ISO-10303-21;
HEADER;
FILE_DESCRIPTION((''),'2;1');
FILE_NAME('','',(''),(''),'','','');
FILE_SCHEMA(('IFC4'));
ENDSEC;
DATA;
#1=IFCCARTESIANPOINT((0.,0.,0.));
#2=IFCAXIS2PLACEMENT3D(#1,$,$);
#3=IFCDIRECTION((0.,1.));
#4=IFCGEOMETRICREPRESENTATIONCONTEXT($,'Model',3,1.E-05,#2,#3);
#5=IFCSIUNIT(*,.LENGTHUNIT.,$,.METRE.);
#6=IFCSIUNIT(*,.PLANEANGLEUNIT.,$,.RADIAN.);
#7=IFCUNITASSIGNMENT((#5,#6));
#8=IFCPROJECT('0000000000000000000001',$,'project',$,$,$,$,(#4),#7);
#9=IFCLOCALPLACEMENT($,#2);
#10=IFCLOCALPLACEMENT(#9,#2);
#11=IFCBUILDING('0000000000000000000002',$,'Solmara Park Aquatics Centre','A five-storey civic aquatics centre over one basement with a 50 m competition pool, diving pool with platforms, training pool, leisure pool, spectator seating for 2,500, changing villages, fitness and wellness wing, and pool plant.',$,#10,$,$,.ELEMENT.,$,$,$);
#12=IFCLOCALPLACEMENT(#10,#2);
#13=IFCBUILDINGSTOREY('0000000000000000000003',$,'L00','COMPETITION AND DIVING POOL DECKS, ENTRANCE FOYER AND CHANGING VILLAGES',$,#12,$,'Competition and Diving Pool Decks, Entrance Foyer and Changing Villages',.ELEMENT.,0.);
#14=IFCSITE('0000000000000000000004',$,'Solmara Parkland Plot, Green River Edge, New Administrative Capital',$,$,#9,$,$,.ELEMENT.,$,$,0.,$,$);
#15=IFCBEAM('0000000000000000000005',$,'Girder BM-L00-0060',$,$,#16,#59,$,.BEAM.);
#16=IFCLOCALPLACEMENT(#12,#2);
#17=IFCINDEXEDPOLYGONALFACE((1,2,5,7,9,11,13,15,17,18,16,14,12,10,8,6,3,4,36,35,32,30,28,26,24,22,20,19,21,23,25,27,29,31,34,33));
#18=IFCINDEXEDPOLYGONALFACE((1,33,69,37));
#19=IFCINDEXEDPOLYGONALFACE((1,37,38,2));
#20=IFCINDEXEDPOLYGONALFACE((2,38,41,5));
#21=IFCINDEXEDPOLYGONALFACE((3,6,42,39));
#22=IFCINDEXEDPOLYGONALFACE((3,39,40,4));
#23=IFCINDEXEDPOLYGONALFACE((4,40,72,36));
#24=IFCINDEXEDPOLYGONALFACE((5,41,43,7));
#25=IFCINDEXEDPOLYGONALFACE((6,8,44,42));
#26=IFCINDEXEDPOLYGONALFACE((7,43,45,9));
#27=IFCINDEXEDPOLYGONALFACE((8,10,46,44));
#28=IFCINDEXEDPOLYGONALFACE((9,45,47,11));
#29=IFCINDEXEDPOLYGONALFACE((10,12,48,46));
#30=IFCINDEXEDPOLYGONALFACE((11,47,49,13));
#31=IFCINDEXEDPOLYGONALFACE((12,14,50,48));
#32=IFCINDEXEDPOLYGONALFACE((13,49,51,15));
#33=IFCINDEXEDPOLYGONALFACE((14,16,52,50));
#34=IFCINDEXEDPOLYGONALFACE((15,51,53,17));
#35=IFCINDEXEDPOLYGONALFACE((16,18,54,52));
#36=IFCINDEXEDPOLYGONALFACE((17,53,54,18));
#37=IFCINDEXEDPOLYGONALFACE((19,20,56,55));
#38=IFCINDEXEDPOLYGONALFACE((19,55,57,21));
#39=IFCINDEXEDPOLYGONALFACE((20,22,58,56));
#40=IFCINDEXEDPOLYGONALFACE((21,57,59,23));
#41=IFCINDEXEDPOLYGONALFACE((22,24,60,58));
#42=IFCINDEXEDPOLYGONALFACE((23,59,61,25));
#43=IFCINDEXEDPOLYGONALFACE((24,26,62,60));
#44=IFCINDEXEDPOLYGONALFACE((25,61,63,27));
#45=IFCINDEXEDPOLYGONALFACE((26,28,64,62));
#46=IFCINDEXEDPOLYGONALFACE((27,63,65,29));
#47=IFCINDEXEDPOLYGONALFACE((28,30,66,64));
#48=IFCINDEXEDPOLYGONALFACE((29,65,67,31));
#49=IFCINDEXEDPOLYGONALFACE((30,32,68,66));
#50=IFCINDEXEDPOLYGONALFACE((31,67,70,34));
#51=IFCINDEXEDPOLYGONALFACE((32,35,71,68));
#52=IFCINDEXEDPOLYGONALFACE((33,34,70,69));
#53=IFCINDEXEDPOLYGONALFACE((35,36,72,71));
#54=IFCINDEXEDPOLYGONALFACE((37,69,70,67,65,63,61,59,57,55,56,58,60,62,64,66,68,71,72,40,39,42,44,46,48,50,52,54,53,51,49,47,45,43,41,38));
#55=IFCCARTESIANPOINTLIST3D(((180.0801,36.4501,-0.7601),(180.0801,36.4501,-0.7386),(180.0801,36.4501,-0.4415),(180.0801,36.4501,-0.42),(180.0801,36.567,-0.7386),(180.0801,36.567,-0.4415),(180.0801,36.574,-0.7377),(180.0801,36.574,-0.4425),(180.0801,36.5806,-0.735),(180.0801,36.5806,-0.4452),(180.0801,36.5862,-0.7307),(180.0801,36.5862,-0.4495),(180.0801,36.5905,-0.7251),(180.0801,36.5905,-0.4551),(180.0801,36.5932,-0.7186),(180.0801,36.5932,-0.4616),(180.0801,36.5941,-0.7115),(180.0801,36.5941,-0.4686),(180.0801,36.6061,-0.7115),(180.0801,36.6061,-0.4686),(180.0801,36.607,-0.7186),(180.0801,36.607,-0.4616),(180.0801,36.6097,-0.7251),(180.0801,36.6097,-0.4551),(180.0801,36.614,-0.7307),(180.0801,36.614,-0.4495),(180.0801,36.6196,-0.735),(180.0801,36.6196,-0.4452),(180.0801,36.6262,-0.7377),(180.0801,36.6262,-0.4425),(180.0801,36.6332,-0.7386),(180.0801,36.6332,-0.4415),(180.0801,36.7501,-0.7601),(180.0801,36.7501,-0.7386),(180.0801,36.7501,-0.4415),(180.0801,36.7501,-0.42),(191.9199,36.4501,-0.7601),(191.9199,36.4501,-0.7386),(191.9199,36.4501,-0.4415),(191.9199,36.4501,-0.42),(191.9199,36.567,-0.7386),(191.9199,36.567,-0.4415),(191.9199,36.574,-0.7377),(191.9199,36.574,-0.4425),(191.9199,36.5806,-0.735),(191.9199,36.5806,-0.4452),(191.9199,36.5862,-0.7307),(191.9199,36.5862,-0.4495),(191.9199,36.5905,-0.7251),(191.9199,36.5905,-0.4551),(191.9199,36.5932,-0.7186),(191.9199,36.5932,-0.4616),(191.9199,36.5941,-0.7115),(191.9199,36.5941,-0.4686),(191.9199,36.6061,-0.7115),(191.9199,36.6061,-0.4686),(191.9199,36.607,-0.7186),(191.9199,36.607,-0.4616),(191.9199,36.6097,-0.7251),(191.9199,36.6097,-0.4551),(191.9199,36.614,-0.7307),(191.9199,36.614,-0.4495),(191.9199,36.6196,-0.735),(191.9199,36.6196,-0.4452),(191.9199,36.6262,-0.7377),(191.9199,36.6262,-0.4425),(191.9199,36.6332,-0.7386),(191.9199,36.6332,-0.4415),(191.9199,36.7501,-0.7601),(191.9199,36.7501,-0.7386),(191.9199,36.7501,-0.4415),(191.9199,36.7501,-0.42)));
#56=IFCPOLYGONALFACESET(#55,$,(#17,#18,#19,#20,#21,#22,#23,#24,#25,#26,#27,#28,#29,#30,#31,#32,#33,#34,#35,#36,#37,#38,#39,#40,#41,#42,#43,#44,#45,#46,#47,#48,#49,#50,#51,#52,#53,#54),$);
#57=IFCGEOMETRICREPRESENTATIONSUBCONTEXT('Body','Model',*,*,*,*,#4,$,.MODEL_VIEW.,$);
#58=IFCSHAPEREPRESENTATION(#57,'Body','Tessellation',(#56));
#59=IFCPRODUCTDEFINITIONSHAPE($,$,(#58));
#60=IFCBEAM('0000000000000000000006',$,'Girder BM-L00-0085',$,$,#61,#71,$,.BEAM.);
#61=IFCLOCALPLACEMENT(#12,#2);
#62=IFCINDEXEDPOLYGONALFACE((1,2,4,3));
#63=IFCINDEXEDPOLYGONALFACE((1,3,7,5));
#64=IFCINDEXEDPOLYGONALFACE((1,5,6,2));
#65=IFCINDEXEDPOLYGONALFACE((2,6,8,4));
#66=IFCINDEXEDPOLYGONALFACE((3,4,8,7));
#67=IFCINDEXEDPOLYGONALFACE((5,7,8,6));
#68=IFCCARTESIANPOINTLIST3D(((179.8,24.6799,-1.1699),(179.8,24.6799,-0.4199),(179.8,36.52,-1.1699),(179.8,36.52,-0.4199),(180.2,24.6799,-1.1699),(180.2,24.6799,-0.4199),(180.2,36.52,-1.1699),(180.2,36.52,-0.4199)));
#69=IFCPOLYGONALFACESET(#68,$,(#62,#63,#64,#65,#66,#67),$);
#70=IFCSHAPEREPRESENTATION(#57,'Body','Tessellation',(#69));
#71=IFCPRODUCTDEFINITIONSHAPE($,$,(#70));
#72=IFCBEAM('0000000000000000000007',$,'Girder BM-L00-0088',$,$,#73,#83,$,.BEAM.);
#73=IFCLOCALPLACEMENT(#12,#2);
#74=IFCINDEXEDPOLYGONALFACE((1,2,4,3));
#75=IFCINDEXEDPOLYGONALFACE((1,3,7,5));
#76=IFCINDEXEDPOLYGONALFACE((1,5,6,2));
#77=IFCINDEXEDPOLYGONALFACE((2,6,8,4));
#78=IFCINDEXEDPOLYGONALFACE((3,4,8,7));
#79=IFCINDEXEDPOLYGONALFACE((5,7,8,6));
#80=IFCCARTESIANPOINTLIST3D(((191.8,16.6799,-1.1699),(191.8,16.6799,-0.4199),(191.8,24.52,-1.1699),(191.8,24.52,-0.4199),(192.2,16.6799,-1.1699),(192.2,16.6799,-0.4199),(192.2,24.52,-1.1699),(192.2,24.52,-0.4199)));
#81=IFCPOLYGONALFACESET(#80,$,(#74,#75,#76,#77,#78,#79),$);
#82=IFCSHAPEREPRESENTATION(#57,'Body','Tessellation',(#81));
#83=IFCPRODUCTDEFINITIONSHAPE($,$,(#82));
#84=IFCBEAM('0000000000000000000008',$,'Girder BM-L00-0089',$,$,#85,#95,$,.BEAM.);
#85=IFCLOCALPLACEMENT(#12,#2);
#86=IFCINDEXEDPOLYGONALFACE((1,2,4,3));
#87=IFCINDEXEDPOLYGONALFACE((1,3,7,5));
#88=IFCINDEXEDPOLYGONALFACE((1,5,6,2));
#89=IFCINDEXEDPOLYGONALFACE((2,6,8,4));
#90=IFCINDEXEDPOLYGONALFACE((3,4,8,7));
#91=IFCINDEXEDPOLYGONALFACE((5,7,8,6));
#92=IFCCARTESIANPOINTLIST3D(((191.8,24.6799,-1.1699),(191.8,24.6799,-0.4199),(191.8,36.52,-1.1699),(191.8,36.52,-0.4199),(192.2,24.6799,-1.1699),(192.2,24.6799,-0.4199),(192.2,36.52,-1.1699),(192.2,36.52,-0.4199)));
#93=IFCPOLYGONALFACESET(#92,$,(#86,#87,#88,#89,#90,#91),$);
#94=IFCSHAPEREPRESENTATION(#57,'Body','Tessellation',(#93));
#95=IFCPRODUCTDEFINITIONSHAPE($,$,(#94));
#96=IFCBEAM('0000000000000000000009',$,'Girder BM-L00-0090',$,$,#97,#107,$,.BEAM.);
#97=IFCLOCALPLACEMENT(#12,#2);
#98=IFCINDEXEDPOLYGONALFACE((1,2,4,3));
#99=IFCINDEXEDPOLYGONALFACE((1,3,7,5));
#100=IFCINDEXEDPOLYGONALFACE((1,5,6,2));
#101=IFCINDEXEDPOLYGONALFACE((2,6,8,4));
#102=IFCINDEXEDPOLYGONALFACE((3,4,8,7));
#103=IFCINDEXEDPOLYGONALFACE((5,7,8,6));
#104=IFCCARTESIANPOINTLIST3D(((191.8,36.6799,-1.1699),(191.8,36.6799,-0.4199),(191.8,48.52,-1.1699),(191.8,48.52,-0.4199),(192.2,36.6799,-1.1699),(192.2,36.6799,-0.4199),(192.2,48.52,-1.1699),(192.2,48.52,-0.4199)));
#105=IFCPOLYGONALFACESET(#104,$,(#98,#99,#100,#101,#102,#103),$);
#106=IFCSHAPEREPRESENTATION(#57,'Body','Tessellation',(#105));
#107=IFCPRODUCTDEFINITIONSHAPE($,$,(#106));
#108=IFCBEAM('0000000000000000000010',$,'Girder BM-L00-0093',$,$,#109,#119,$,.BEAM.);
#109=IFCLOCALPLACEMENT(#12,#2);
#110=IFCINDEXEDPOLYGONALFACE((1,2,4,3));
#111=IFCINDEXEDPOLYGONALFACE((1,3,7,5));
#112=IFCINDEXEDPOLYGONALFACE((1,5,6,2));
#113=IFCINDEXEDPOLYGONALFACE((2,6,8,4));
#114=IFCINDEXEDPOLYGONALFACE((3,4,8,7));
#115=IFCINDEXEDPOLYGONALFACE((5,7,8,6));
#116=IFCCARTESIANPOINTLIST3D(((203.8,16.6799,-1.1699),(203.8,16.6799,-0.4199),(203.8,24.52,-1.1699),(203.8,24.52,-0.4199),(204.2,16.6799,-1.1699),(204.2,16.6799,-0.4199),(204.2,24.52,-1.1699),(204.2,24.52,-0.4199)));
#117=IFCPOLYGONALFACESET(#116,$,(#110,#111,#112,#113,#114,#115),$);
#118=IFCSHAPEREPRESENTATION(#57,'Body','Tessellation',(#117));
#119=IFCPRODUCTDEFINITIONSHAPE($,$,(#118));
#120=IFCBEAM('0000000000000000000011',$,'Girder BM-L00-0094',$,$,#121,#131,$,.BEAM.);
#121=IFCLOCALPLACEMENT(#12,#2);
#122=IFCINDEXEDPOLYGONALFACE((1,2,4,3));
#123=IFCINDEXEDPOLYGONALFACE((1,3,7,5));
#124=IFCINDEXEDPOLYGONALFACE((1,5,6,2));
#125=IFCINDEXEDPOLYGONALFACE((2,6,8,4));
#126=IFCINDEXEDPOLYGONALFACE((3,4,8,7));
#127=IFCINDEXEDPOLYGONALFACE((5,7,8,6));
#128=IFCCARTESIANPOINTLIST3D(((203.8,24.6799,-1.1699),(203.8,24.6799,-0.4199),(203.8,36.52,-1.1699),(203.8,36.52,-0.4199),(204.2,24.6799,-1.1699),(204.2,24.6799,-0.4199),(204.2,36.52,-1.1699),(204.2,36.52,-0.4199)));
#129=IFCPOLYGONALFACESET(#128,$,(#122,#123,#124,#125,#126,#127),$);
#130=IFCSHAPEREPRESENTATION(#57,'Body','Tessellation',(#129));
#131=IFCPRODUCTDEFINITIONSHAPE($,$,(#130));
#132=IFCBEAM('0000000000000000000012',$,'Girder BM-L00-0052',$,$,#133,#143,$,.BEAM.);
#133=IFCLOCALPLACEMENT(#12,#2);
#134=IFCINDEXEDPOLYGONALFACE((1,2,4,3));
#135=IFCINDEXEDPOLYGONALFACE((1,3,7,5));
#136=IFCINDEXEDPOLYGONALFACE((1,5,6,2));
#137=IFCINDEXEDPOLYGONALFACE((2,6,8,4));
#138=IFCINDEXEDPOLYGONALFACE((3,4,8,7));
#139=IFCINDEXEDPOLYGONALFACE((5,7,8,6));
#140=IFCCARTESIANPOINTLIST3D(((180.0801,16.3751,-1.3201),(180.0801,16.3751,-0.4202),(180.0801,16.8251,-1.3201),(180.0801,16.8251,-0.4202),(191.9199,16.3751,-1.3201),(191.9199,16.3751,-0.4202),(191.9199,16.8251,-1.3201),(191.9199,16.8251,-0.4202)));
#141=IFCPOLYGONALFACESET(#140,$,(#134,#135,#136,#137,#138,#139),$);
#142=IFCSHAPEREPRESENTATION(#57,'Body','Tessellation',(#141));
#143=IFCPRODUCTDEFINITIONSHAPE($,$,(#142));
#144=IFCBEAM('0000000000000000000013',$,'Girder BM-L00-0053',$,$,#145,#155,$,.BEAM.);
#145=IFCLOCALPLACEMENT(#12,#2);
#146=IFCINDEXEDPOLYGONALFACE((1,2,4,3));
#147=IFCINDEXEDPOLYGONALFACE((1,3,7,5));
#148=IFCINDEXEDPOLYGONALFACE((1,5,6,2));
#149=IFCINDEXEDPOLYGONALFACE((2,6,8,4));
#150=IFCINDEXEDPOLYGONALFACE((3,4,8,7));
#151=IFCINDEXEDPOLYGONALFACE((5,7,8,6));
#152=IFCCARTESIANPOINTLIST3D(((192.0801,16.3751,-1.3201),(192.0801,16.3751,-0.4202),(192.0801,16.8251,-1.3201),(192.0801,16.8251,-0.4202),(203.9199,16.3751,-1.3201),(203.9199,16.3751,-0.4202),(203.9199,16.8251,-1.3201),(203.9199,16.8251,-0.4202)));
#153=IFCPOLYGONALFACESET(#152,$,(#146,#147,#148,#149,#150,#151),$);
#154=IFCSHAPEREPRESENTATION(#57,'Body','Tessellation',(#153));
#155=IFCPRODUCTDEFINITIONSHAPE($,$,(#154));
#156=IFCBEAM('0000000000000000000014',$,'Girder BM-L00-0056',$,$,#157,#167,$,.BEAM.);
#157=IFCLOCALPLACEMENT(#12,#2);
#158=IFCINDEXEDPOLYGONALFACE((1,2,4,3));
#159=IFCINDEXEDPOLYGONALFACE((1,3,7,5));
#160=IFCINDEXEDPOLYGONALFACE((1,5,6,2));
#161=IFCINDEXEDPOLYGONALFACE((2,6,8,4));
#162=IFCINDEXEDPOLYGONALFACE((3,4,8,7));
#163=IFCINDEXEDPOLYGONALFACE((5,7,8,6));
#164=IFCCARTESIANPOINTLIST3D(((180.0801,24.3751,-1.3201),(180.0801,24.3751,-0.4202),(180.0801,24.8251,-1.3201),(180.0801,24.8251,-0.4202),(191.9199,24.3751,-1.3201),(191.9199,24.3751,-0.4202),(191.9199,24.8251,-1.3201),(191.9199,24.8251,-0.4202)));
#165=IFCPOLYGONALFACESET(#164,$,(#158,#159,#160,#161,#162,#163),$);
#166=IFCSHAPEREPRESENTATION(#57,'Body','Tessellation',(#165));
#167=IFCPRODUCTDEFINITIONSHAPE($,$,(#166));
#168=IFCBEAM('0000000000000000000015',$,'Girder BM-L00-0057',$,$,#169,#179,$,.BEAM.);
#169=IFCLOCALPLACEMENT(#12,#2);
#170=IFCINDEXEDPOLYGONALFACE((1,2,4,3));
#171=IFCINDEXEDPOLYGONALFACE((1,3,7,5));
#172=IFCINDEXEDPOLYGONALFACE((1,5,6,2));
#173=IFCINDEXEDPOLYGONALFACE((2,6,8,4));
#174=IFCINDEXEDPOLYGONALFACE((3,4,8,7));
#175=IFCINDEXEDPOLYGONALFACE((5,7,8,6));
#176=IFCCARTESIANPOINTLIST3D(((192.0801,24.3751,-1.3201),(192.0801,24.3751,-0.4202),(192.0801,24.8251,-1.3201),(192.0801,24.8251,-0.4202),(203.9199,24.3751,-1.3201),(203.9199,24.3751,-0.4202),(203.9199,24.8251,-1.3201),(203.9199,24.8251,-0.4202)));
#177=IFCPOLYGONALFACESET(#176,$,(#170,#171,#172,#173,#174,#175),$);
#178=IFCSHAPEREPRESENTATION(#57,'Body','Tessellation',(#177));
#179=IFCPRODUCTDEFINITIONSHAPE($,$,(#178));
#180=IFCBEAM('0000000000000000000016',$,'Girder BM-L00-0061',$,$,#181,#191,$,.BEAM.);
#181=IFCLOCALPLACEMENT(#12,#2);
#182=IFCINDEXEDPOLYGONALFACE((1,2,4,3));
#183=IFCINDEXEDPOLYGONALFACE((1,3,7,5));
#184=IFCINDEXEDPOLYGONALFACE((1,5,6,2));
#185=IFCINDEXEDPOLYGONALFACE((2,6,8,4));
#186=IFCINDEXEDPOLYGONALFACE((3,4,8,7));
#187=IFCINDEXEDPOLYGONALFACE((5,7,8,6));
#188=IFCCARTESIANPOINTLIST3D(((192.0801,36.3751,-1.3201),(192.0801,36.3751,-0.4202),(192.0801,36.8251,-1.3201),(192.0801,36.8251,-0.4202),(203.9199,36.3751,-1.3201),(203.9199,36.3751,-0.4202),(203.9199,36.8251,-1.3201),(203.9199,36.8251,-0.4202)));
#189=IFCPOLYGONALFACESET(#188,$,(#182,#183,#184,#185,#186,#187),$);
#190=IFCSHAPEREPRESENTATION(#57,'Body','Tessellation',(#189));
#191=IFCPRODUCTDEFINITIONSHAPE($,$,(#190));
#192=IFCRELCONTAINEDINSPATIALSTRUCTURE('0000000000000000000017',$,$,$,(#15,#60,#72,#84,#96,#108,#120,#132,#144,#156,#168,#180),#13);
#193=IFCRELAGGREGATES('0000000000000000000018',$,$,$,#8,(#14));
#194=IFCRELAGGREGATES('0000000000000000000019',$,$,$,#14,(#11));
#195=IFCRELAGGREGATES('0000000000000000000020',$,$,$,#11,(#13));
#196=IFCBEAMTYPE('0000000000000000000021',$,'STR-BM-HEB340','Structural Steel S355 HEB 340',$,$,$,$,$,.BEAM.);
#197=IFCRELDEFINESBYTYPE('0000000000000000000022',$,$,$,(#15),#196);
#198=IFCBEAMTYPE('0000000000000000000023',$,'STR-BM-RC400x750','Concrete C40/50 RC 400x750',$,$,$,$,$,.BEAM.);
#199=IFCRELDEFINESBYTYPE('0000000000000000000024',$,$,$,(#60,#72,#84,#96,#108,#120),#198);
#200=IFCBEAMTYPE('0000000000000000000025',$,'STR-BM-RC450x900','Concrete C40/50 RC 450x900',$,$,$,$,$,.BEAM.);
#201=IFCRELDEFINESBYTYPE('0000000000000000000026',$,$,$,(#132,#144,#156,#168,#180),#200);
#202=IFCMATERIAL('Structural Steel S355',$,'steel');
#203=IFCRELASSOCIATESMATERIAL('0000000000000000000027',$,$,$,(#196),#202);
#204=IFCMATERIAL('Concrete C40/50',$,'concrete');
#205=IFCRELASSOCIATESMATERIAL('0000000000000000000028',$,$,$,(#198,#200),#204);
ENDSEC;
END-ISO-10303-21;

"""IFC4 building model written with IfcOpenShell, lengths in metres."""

from ifc_helpers import new_model, si_unit, direction, frame, origin, origin_2d, place, context, subcontext, project, spatial, rectangle, i_section, extrude, material, material_profile, profile_set, type_object, element, save


model = new_model("IFC4")

# Units and contexts
model_context = context("Model", 3, precision=1e-05, world=origin(), true_north=direction((0.0, 1.0)))
body_context = subcontext(model_context, "Body", "Model", "MODEL_VIEW")
ifc_project = project(units=[si_unit("LENGTHUNIT", "METRE"), si_unit("PLANEANGLEUNIT", "RADIAN")], contexts=[model_context])

# Site, building, storey
site_placement = place(None, origin())
site = spatial("IfcSite", under=ifc_project, at=site_placement, Name="Solmara Parkland Plot, Green River Edge, New Administrative Capital", CompositionType="ELEMENT", RefElevation=0.0)
building_placement = place(site_placement, origin())
building = spatial("IfcBuilding", under=site, at=building_placement, Name="Solmara Park Aquatics Centre", Description="A five-storey civic aquatics centre over one basement with a 50 m competition pool, diving pool with platforms, training pool, leisure pool, spectator seating for 2,500, changing villages, fitness and wellness wing, and pool plant.", CompositionType="ELEMENT")
storey_placement = place(building_placement, origin())
storey = spatial("IfcBuildingStorey", under=building, at=storey_placement, Name="L00", Description="COMPETITION AND DIVING POOL DECKS, ENTRANCE FOYER AND CHANGING VILLAGES", LongName="Competition and Diving Pool Decks, Entrance Foyer and Changing Villages", CompositionType="ELEMENT", Elevation=0.0)

# Shared definitions
ifc_material_1 = material(Name="Structural Steel S355", Category="steel")
ifc_material_2 = material(Name="Concrete C40/50", Category="concrete")

# Beams
ifc_material_profile_1 = material_profile(ifc_material_1, i_section(OverallWidth=0.3, OverallDepth=0.3401, WebThickness=0.012, FlangeThickness=0.0215, FilletRadius=0.0271, at=origin_2d()), Name="HEB 340")
ifc_profile_set_1 = profile_set([ifc_material_profile_1], Name="Structural Steel S355")
beam_type_1 = type_object("IfcBeamType", Name="STR-BM-HEB340", Description="Structural Steel S355 HEB 340", PredefinedType="BEAM", material=ifc_profile_set_1)
beam_1_placement = place(storey_placement, frame((180.0801, 36.6001, -0.5901), z_axis=(1.0, 0.0, 0.0), x_axis=(0.0, 1.0, 0.0)))
element("IfcBeam", 1, at=beam_1_placement, inside=storey, type_object=beam_type_1, Name="Girder BM-L00-0060", PredefinedType="BEAM", context=body_context, shape_type="SweptSolid", body=[
    extrude(i_section(OverallWidth=0.3, OverallDepth=0.3401, WebThickness=0.012, FlangeThickness=0.0215, FilletRadius=0.0271, at=origin_2d()), origin(), (0.0, 0.0, 1.0), 11.8398),
])
ifc_material_profile_2 = material_profile(ifc_material_2, rectangle(XDim=0.3999, YDim=0.75, at=origin_2d()), Name="RC 400x750")
ifc_profile_set_2 = profile_set([ifc_material_profile_2], Name="Concrete C40/50")
beam_type_2 = type_object("IfcBeamType", Name="STR-BM-RC400x750", Description="Concrete C40/50 RC 400x750", PredefinedType="BEAM", material=ifc_profile_set_2)
beam_2_placement = place(storey_placement, frame((180.0, 24.6799, -0.7949), z_axis=(0.0, 1.0, 0.0), x_axis=(-1.0, 0.0, 0.0)))
element("IfcBeam", 2, at=beam_2_placement, inside=storey, type_object=beam_type_2, Name="Girder BM-L00-0085", PredefinedType="BEAM", context=body_context, shape_type="SweptSolid", body=[
    extrude(rectangle(XDim=0.3999, YDim=0.75, at=origin_2d()), origin(), (0.0, 0.0, 1.0), 11.8401),
])
beam_3_placement = place(storey_placement, frame((192.0, 16.6799, -0.7949), z_axis=(0.0, 1.0, 0.0), x_axis=(-1.0, 0.0, 0.0)))
element("IfcBeam", 3, at=beam_3_placement, inside=storey, type_object=beam_type_2, Name="Girder BM-L00-0088", PredefinedType="BEAM", context=body_context, shape_type="SweptSolid", body=[
    extrude(rectangle(XDim=0.3999, YDim=0.75, at=origin_2d()), origin(), (0.0, 0.0, 1.0), 7.8401),
])
for number, where, z_axis, x_axis, name in (
    (4, (192.0, 24.6799, -0.7949), (0.0, 1.0, 0.0), (-1.0, 0.0, 0.0), "Girder BM-L00-0089"),
    (5, (192.0, 36.6799, -0.7949), (0.0, 1.0, 0.0), (-1.0, 0.0, 0.0), "Girder BM-L00-0090"),
):
    element("IfcBeam", number, at=place(storey_placement, frame(where, z_axis=z_axis, x_axis=x_axis)), inside=storey, type_object=beam_type_2, Name=name, PredefinedType="BEAM", context=body_context, shape_type="SweptSolid", body=[
        extrude(rectangle(XDim=0.3999, YDim=0.75, at=origin_2d()), origin(), (0.0, 0.0, 1.0), 11.8401),
    ])
beam_4_placement = place(storey_placement, frame((204.0, 16.6799, -0.7949), z_axis=(0.0, 1.0, 0.0), x_axis=(-1.0, 0.0, 0.0)))
element("IfcBeam", 6, at=beam_4_placement, inside=storey, type_object=beam_type_2, Name="Girder BM-L00-0093", PredefinedType="BEAM", context=body_context, shape_type="SweptSolid", body=[
    extrude(rectangle(XDim=0.3999, YDim=0.75, at=origin_2d()), origin(), (0.0, 0.0, 1.0), 7.8401),
])
beam_5_placement = place(storey_placement, frame((204.0, 24.6799, -0.7949), z_axis=(0.0, 1.0, 0.0), x_axis=(-1.0, 0.0, 0.0)))
element("IfcBeam", 7, at=beam_5_placement, inside=storey, type_object=beam_type_2, Name="Girder BM-L00-0094", PredefinedType="BEAM", context=body_context, shape_type="SweptSolid", body=[
    extrude(rectangle(XDim=0.3999, YDim=0.75, at=origin_2d()), origin(), (0.0, 0.0, 1.0), 11.8401),
])
ifc_material_profile_3 = material_profile(ifc_material_2, rectangle(XDim=0.45, YDim=0.8999, at=origin_2d()), Name="RC 450x900")
ifc_profile_set_3 = profile_set([ifc_material_profile_3], Name="Concrete C40/50")
beam_type_3 = type_object("IfcBeamType", Name="STR-BM-RC450x900", Description="Concrete C40/50 RC 450x900", PredefinedType="BEAM", material=ifc_profile_set_3)
for number, where, z_axis, x_axis, name in (
    (8, (180.0801, 16.6001, -0.8701), (1.0, 0.0, 0.0), (0.0, 1.0, 0.0), "Girder BM-L00-0052"),
    (9, (192.0801, 16.6001, -0.8701), (1.0, 0.0, 0.0), (0.0, 1.0, 0.0), "Girder BM-L00-0053"),
    (10, (180.0801, 24.6001, -0.8701), (1.0, 0.0, 0.0), (0.0, 1.0, 0.0), "Girder BM-L00-0056"),
    (11, (192.0801, 24.6001, -0.8701), (1.0, 0.0, 0.0), (0.0, 1.0, 0.0), "Girder BM-L00-0057"),
    (12, (192.0801, 36.6001, -0.8701), (1.0, 0.0, 0.0), (0.0, 1.0, 0.0), "Girder BM-L00-0061"),
):
    element("IfcBeam", number, at=place(storey_placement, frame(where, z_axis=z_axis, x_axis=x_axis)), inside=storey, type_object=beam_type_3, Name=name, PredefinedType="BEAM", context=body_context, shape_type="SweptSolid", body=[
        extrude(rectangle(XDim=0.45, YDim=0.8999, at=origin_2d()), origin(), (0.0, 0.0, 1.0), 11.8398),
    ])

save(model, "model.ifc")
